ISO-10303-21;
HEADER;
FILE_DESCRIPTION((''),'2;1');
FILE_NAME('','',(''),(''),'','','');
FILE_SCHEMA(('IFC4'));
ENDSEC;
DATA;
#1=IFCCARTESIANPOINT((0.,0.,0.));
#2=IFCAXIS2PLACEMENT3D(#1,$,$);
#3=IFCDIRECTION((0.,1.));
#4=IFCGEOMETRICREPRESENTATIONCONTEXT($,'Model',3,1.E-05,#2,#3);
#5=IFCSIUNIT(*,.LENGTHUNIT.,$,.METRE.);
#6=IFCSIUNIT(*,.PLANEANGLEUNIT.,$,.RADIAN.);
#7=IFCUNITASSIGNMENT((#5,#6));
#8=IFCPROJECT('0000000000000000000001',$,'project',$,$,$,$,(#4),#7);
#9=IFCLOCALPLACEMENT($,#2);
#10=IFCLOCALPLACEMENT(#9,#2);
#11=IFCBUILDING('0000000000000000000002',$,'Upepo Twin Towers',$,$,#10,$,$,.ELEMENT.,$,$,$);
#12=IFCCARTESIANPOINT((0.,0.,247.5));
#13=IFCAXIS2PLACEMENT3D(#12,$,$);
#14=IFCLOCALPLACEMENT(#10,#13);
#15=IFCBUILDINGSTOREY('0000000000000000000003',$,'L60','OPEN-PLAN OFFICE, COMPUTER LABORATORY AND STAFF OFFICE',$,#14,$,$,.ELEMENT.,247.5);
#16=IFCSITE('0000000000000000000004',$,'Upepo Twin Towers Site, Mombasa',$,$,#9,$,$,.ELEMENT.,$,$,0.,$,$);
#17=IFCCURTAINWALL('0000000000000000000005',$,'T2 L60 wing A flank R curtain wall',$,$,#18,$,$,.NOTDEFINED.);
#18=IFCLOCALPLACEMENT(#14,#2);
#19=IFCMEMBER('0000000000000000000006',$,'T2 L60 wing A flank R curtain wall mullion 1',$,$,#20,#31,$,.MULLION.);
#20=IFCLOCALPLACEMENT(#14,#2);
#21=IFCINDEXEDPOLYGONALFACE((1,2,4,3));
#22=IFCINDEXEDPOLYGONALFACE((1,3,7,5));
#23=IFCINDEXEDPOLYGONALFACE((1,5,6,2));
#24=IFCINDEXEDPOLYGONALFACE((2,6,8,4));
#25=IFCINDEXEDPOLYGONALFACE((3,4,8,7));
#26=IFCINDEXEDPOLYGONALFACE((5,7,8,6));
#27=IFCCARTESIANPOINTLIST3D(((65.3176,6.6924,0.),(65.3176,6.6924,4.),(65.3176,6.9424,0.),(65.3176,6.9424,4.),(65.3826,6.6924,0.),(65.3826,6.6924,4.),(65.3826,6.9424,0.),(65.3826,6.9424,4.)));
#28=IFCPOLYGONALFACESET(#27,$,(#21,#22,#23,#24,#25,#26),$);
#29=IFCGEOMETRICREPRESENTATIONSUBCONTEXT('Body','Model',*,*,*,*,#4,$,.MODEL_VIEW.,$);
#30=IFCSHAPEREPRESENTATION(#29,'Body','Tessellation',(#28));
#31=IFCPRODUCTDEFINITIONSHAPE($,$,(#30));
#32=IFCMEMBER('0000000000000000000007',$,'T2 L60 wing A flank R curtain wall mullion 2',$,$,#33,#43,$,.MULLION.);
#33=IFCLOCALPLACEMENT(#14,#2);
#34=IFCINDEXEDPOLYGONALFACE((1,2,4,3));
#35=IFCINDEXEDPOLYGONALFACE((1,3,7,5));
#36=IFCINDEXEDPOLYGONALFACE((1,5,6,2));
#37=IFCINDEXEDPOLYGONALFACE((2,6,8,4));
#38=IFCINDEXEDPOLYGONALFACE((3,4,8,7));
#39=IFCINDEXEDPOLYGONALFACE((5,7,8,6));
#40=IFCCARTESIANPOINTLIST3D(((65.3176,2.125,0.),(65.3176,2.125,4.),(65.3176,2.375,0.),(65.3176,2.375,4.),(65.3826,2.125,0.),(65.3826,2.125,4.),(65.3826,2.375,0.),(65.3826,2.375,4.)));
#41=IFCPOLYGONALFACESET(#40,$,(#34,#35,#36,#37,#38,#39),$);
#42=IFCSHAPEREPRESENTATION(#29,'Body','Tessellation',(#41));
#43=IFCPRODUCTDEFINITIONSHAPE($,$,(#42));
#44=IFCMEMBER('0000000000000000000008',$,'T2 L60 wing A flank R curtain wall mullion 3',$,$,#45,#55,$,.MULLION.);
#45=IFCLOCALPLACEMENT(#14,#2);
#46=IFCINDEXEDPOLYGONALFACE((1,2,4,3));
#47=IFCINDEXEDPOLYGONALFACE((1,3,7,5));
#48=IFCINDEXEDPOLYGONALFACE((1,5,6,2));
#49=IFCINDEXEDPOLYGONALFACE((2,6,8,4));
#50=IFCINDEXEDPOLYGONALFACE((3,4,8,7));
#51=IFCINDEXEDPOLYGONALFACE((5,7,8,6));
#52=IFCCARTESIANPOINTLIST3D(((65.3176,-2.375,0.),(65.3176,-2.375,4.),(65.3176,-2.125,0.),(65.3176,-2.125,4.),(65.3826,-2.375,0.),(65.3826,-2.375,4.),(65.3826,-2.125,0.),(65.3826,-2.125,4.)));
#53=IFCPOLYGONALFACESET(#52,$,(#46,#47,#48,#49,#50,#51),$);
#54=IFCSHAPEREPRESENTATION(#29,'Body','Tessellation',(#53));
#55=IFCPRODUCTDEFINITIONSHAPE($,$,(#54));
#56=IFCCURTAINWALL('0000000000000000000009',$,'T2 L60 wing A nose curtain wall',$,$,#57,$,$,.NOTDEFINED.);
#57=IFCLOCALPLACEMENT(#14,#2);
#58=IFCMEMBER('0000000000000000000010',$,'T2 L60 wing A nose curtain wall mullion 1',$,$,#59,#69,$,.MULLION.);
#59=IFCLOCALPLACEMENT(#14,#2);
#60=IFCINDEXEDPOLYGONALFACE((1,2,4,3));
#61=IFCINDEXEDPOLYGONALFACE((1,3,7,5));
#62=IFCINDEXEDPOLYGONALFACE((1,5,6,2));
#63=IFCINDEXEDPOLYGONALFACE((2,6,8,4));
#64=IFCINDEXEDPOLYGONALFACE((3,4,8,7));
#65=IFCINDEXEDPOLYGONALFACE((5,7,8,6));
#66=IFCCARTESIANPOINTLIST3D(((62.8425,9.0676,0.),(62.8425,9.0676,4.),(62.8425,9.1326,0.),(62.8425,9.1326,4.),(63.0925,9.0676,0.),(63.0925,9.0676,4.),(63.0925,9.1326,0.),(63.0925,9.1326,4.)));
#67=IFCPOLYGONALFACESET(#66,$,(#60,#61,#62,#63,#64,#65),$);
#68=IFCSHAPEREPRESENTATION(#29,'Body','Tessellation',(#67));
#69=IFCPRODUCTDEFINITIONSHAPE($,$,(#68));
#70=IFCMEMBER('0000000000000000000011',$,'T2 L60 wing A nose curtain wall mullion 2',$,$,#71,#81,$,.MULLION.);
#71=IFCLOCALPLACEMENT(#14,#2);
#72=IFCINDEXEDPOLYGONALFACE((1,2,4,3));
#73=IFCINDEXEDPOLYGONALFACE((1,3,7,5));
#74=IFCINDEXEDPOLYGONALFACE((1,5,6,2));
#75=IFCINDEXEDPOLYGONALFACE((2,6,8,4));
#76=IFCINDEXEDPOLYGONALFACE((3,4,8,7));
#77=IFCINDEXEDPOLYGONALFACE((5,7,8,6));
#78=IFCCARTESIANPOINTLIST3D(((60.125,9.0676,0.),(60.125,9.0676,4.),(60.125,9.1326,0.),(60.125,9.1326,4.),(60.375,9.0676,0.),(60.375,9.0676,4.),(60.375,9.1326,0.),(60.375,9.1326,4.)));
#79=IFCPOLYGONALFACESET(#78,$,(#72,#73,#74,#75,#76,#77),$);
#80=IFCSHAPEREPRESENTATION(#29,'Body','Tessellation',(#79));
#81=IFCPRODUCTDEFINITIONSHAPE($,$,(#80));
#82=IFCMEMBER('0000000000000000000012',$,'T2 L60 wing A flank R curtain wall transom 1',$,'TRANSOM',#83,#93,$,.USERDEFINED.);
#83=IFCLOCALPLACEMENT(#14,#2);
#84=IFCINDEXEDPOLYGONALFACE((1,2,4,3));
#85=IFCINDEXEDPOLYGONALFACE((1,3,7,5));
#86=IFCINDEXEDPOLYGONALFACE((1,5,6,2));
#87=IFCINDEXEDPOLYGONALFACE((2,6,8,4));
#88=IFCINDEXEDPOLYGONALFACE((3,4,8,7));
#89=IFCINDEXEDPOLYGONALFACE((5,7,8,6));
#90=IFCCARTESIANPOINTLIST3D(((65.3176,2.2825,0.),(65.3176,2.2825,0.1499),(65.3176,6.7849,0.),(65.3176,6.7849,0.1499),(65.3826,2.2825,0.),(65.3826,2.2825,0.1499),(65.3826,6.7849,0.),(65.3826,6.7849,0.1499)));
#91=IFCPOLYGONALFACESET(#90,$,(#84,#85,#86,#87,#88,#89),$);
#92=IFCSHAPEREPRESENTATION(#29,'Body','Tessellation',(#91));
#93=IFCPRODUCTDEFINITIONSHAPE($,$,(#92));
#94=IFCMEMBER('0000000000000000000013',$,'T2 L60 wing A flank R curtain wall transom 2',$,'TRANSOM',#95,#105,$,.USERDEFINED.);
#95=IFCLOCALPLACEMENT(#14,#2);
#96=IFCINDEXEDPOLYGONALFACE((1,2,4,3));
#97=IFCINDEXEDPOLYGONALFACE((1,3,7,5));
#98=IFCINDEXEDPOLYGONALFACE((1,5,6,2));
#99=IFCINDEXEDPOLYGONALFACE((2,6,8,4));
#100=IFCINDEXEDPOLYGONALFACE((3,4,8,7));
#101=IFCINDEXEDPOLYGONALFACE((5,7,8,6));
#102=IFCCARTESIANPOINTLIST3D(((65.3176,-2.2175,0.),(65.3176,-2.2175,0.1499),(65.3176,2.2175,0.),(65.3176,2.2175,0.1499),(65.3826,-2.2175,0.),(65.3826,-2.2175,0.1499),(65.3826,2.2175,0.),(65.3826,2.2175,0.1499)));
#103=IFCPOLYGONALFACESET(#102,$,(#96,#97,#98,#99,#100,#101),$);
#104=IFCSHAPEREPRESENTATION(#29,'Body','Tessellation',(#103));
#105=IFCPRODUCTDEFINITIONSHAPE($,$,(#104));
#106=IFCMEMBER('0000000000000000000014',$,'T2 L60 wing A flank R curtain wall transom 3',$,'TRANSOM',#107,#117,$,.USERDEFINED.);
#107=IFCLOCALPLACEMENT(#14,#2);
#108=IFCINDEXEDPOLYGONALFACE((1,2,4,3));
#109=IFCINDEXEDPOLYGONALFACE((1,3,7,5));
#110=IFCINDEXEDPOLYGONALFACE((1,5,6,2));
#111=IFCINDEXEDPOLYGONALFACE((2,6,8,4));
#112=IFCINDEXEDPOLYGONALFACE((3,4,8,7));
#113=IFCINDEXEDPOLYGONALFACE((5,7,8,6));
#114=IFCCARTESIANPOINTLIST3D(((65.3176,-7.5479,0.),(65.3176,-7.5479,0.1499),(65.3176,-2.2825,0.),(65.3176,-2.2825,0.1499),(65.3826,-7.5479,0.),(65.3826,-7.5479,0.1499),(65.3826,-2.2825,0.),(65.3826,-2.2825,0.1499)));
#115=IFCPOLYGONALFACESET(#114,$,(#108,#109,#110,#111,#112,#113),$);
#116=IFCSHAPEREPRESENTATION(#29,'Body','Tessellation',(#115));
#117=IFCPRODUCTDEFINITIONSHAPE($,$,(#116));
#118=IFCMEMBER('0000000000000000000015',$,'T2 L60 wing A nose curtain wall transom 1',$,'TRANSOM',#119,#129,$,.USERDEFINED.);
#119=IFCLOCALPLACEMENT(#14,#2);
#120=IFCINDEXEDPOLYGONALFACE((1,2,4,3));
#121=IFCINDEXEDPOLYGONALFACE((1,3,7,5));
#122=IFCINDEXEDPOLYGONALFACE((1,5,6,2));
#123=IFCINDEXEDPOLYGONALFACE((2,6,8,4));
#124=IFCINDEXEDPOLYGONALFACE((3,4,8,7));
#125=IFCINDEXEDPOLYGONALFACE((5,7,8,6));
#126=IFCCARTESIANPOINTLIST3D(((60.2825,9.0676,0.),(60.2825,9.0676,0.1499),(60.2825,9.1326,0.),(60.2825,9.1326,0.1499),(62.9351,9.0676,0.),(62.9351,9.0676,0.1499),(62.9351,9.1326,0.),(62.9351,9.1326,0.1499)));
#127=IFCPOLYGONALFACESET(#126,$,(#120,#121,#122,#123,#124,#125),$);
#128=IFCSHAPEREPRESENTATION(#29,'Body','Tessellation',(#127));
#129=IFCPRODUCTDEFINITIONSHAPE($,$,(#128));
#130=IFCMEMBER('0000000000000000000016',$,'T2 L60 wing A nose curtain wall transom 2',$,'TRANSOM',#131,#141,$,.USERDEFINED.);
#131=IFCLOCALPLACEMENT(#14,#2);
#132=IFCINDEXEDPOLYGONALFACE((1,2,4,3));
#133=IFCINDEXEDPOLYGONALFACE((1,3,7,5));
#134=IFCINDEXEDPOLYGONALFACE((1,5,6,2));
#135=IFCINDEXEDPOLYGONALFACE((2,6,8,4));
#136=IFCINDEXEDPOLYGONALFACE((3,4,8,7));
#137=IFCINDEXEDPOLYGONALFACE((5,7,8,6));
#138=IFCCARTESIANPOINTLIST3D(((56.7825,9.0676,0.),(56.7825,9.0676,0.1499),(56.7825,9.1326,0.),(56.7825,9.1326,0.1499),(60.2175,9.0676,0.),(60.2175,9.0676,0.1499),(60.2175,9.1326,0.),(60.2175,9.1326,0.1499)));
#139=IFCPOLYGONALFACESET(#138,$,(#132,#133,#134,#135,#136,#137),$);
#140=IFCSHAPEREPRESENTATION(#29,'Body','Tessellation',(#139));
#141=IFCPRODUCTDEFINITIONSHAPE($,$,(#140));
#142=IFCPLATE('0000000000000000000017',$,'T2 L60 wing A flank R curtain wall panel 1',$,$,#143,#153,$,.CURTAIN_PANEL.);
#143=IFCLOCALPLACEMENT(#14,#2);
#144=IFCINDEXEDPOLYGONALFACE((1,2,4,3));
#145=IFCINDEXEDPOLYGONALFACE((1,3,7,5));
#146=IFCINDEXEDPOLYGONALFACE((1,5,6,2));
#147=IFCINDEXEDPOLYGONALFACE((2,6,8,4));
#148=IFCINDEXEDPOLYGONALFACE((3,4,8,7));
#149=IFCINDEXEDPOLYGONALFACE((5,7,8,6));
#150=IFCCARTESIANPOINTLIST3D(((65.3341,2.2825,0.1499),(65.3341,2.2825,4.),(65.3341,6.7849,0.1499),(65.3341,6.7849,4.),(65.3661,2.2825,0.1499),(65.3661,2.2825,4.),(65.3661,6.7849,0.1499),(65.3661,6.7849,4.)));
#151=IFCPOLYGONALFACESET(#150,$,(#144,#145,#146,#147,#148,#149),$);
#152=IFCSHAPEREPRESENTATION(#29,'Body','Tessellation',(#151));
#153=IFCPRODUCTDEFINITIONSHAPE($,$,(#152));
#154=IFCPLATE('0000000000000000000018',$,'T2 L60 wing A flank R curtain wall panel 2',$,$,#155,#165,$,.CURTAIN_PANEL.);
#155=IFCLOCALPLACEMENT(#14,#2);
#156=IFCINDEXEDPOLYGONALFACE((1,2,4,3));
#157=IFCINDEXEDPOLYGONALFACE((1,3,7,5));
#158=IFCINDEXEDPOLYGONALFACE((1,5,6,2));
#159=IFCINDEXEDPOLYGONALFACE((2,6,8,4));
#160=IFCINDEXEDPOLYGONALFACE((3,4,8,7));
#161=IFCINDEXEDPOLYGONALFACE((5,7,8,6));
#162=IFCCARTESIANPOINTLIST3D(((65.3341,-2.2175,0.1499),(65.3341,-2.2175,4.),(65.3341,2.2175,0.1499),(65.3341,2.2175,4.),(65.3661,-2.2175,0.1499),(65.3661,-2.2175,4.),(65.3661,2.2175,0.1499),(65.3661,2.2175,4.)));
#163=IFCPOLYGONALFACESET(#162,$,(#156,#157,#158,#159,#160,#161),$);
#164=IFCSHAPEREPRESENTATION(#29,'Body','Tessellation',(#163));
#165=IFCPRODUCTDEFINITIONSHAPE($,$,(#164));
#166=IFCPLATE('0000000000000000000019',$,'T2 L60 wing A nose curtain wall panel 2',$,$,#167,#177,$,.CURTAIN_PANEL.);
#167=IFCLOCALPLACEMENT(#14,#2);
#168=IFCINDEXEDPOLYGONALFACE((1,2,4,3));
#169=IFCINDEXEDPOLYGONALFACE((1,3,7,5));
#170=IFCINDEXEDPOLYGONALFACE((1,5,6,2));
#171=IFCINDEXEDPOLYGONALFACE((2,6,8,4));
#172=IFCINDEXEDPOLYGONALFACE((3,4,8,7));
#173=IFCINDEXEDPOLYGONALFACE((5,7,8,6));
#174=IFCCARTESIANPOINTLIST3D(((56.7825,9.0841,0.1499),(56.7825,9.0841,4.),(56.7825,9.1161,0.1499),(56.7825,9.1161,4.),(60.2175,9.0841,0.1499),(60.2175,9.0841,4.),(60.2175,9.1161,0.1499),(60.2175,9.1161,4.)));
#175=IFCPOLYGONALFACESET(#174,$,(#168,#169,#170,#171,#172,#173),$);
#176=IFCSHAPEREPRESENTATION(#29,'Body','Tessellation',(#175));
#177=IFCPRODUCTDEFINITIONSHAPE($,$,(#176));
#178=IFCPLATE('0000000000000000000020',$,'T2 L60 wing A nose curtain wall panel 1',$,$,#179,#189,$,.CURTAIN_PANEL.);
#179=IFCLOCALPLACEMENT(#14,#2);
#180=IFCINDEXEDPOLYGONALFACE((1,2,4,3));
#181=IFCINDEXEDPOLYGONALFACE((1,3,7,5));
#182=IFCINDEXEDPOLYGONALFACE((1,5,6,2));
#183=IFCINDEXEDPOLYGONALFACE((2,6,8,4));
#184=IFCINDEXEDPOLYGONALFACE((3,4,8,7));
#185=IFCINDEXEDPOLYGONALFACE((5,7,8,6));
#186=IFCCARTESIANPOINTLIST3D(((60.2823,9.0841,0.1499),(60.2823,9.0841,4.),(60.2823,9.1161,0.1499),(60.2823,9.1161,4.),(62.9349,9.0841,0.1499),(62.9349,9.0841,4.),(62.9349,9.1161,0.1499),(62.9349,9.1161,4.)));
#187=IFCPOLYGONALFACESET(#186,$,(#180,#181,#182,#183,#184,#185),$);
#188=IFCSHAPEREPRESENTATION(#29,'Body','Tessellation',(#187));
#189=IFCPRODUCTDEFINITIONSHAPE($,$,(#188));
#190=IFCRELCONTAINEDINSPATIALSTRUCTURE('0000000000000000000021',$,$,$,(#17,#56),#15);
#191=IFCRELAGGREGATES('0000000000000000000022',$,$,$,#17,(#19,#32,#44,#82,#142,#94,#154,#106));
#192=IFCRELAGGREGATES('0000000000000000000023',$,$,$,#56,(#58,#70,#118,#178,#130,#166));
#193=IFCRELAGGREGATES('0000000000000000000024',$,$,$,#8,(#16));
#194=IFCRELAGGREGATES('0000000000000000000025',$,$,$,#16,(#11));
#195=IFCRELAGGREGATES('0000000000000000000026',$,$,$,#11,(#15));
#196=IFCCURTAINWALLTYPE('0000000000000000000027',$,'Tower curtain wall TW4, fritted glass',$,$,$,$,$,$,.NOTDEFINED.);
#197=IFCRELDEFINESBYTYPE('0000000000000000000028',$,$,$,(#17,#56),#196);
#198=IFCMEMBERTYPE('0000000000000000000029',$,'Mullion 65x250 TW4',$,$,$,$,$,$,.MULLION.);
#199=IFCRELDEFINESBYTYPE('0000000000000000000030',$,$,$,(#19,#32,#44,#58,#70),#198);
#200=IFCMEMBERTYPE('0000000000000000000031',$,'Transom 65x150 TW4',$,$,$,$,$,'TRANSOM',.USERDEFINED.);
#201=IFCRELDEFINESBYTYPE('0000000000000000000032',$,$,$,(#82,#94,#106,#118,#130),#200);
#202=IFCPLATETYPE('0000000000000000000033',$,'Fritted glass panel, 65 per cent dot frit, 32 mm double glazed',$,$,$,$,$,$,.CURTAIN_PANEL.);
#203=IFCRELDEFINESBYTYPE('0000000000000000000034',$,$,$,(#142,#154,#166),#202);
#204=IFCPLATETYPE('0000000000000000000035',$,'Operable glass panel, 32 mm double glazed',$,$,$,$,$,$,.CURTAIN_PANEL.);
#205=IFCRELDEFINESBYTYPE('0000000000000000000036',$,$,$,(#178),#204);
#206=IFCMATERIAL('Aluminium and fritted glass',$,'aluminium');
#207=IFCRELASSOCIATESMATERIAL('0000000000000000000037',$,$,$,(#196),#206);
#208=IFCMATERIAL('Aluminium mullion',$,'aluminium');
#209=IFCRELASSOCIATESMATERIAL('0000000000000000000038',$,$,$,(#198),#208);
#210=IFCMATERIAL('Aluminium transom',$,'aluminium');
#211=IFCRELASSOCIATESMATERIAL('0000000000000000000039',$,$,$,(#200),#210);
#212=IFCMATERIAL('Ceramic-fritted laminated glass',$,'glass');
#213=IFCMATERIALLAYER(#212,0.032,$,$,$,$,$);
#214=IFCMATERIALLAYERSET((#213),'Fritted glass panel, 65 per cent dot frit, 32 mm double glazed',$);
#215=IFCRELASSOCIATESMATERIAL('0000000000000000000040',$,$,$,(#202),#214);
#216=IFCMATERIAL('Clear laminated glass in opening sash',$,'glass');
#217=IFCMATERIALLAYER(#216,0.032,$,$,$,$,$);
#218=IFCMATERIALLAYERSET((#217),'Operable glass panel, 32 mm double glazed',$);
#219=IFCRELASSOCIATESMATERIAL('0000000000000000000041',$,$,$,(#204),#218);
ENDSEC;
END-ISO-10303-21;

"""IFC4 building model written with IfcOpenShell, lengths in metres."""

from ifc_helpers import new_model, si_unit, direction, frame, origin, origin_2d, place, context, subcontext, project, spatial, rectangle, extrude, material, layer, layer_set, material_profile, profile_set, type_object, element, aggregate, save


model = new_model("IFC4")

# Units and contexts
model_context = context("Model", 3, precision=1e-05, world=origin(), true_north=direction((0.0, 1.0)))
body_context = subcontext(model_context, "Body", "Model", "MODEL_VIEW")
ifc_project = project(units=[si_unit("LENGTHUNIT", "METRE"), si_unit("PLANEANGLEUNIT", "RADIAN")], contexts=[model_context])

# Site, building, storey
site_placement = place(None, origin())
site = spatial("IfcSite", under=ifc_project, at=site_placement, Name="Upepo Twin Towers Site, Mombasa", CompositionType="ELEMENT", RefElevation=0.0)
building_placement = place(site_placement, origin())
building = spatial("IfcBuilding", under=site, at=building_placement, Name="Upepo Twin Towers", CompositionType="ELEMENT")
storey_placement = place(building_placement, frame((0.0, 0.0, 247.5)))
storey = spatial("IfcBuildingStorey", under=building, at=storey_placement, Name="L60", Description="OPEN-PLAN OFFICE, COMPUTER LABORATORY AND STAFF OFFICE", CompositionType="ELEMENT", Elevation=247.5)

# Curtain walls, members
ifc_material_1 = material(Name="Aluminium and fritted glass", Category="aluminium")
curtain_wall_type = type_object("IfcCurtainWallType", Name="Tower curtain wall TW4, fritted glass", PredefinedType="NOTDEFINED", material=ifc_material_1)
curtain_wall_1_placement = place(storey_placement, origin())
curtain_wall_1 = element("IfcCurtainWall", 1, at=curtain_wall_1_placement, inside=storey, type_object=curtain_wall_type, Name="T2 L60 wing A flank R curtain wall", PredefinedType="NOTDEFINED")
ifc_material_2 = material(Name="Aluminium mullion", Category="aluminium")
ifc_material_profile_1 = material_profile(ifc_material_2, rectangle(XDim=0.0649, YDim=0.25, at=origin_2d()), Name="MULLION 65x250")
ifc_profile_set_1 = profile_set([ifc_material_profile_1], Name="Aluminium mullion")
member_type_1 = type_object("IfcMemberType", Name="Mullion 65x250 TW4", PredefinedType="MULLION", material=ifc_profile_set_1)
member_1_placement = place(storey_placement, frame((65.3501, 6.8174, 0.0), z_axis=(0.0, 0.0, 1.0), x_axis=(1.0, 0.0, 0.0)))
member_1 = element("IfcMember", 2, at=member_1_placement, type_object=member_type_1, Name="T2 L60 wing A flank R curtain wall mullion 1", PredefinedType="MULLION", context=body_context, shape_type="SweptSolid", body=[
    extrude(rectangle(XDim=0.0649, YDim=0.25, at=origin_2d()), origin(), (0.0, 0.0, 1.0), 4.0),
])
member_2_placement = place(storey_placement, frame((65.3501, 2.25, 0.0), z_axis=(0.0, 0.0, 1.0), x_axis=(1.0, 0.0, 0.0)))
member_2 = element("IfcMember", 3, at=member_2_placement, type_object=member_type_1, Name="T2 L60 wing A flank R curtain wall mullion 2", PredefinedType="MULLION", context=body_context, shape_type="SweptSolid", body=[
    extrude(rectangle(XDim=0.0649, YDim=0.25, at=origin_2d()), origin(), (0.0, 0.0, 1.0), 4.0),
])
member_3_placement = place(storey_placement, frame((65.3501, -2.25, 0.0), z_axis=(0.0, 0.0, 1.0), x_axis=(1.0, 0.0, 0.0)))
member_3 = element("IfcMember", 4, at=member_3_placement, type_object=member_type_1, Name="T2 L60 wing A flank R curtain wall mullion 3", PredefinedType="MULLION", context=body_context, shape_type="SweptSolid", body=[
    extrude(rectangle(XDim=0.0649, YDim=0.25, at=origin_2d()), origin(), (0.0, 0.0, 1.0), 4.0),
])
curtain_wall_2_placement = place(storey_placement, origin())
curtain_wall_2 = element("IfcCurtainWall", 5, at=curtain_wall_2_placement, inside=storey, type_object=curtain_wall_type, Name="T2 L60 wing A nose curtain wall", PredefinedType="NOTDEFINED")
member_4_placement = place(storey_placement, frame((62.9675, 9.1001, 0.0), z_axis=(0.0, 0.0, 1.0), x_axis=(0.0, -1.0, 0.0)))
member_4 = element("IfcMember", 6, at=member_4_placement, type_object=member_type_1, Name="T2 L60 wing A nose curtain wall mullion 1", PredefinedType="MULLION", context=body_context, shape_type="SweptSolid", body=[
    extrude(rectangle(XDim=0.0649, YDim=0.25, at=origin_2d()), origin(), (0.0, 0.0, 1.0), 4.0),
])
member_5_placement = place(storey_placement, frame((60.25, 9.1001, 0.0), z_axis=(0.0, 0.0, 1.0), x_axis=(0.0, -1.0, 0.0)))
member_5 = element("IfcMember", 7, at=member_5_placement, type_object=member_type_1, Name="T2 L60 wing A nose curtain wall mullion 2", PredefinedType="MULLION", context=body_context, shape_type="SweptSolid", body=[
    extrude(rectangle(XDim=0.0649, YDim=0.25, at=origin_2d()), origin(), (0.0, 0.0, 1.0), 4.0),
])

# Members
ifc_material_3 = material(Name="Aluminium transom", Category="aluminium")
ifc_material_profile_2 = material_profile(ifc_material_3, rectangle(XDim=0.0649, YDim=0.1499, at=origin_2d()), Name="TRANSOM 65x150")
ifc_profile_set_2 = profile_set([ifc_material_profile_2], Name="Aluminium transom")
member_type_2 = type_object("IfcMemberType", Name="Transom 65x150 TW4", ElementType="TRANSOM", PredefinedType="USERDEFINED", material=ifc_profile_set_2)
member_6_placement = place(storey_placement, frame((65.3501, 6.7849, 0.075), z_axis=(0.0, -1.0, 0.0), x_axis=(1.0, 0.0, 0.0)))
member_6 = element("IfcMember", 8, at=member_6_placement, type_object=member_type_2, Name="T2 L60 wing A flank R curtain wall transom 1", ObjectType="TRANSOM", PredefinedType="USERDEFINED", context=body_context, shape_type="SweptSolid", body=[
    extrude(rectangle(XDim=0.0649, YDim=0.1499, at=origin_2d()), origin(), (0.0, 0.0, 1.0), 4.5024),
])
member_7_placement = place(storey_placement, frame((65.3501, 2.2175, 0.075), z_axis=(0.0, -1.0, 0.0), x_axis=(1.0, 0.0, 0.0)))
member_7 = element("IfcMember", 9, at=member_7_placement, type_object=member_type_2, Name="T2 L60 wing A flank R curtain wall transom 2", ObjectType="TRANSOM", PredefinedType="USERDEFINED", context=body_context, shape_type="SweptSolid", body=[
    extrude(rectangle(XDim=0.0649, YDim=0.1499, at=origin_2d()), origin(), (0.0, 0.0, 1.0), 4.4351),
])
member_8_placement = place(storey_placement, frame((65.3501, -2.2825, 0.075), z_axis=(0.0, -1.0, 0.0), x_axis=(1.0, 0.0, 0.0)))
member_8 = element("IfcMember", 10, at=member_8_placement, type_object=member_type_2, Name="T2 L60 wing A flank R curtain wall transom 3", ObjectType="TRANSOM", PredefinedType="USERDEFINED", context=body_context, shape_type="SweptSolid", body=[
    extrude(rectangle(XDim=0.0649, YDim=0.1499, at=origin_2d()), origin(), (0.0, 0.0, 1.0), 5.2654),
])
member_9_placement = place(storey_placement, frame((62.9351, 9.1001, 0.075), z_axis=(-1.0, 0.0, 0.0), x_axis=(0.0, -1.0, 0.0)))
member_9 = element("IfcMember", 11, at=member_9_placement, type_object=member_type_2, Name="T2 L60 wing A nose curtain wall transom 1", ObjectType="TRANSOM", PredefinedType="USERDEFINED", context=body_context, shape_type="SweptSolid", body=[
    extrude(rectangle(XDim=0.0649, YDim=0.1499, at=origin_2d()), origin(), (0.0, 0.0, 1.0), 2.6526),
])
member_10_placement = place(storey_placement, frame((60.2175, 9.1001, 0.075), z_axis=(-1.0, 0.0, 0.0), x_axis=(0.0, -1.0, 0.0)))
member_10 = element("IfcMember", 12, at=member_10_placement, type_object=member_type_2, Name="T2 L60 wing A nose curtain wall transom 2", ObjectType="TRANSOM", PredefinedType="USERDEFINED", context=body_context, shape_type="SweptSolid", body=[
    extrude(rectangle(XDim=0.0649, YDim=0.1499, at=origin_2d()), origin(), (0.0, 0.0, 1.0), 3.4351),
])

# Plates
ifc_material_4 = material(Name="Ceramic-fritted laminated glass", Category="glass")
ifc_layer_1 = layer(ifc_material_4, 0.032)
ifc_layer_set_1 = layer_set([ifc_layer_1], Name="Fritted glass panel, 65 per cent dot frit, 32 mm double glazed")
plate_type_1 = type_object("IfcPlateType", Name="Fritted glass panel, 65 per cent dot frit, 32 mm double glazed", PredefinedType="CURTAIN_PANEL", material=ifc_layer_set_1)
plate_1_placement = place(storey_placement, frame((65.3501, 4.5337, 0.1499), z_axis=(0.0, 0.0, 1.0), x_axis=(0.0, -1.0, 0.0)))
plate_1 = element("IfcPlate", 13, at=plate_1_placement, type_object=plate_type_1, Name="T2 L60 wing A flank R curtain wall panel 1", PredefinedType="CURTAIN_PANEL", context=body_context, shape_type="SweptSolid", body=[
    extrude(rectangle(XDim=4.5024, YDim=0.032, at=origin_2d()), origin(), (0.0, 0.0, 1.0), 3.8501),
])
plate_2_placement = place(storey_placement, frame((65.3501, 0.0, 0.1499), z_axis=(0.0, 0.0, 1.0), x_axis=(0.0, -1.0, 0.0)))
plate_2 = element("IfcPlate", 14, at=plate_2_placement, type_object=plate_type_1, Name="T2 L60 wing A flank R curtain wall panel 2", PredefinedType="CURTAIN_PANEL", context=body_context, shape_type="SweptSolid", body=[
    extrude(rectangle(XDim=4.4351, YDim=0.032, at=origin_2d()), origin(), (0.0, 0.0, 1.0), 3.8501),
])
aggregate(curtain_wall_1, [member_1, member_2, member_3, member_6, plate_1, member_7, plate_2, member_8])
plate_3_placement = place(storey_placement, frame((58.5, 9.1001, 0.1499), z_axis=(0.0, 0.0, 1.0), x_axis=(-1.0, 0.0, 0.0)))
plate_3 = element("IfcPlate", 15, at=plate_3_placement, type_object=plate_type_1, Name="T2 L60 wing A nose curtain wall panel 2", PredefinedType="CURTAIN_PANEL", context=body_context, shape_type="SweptSolid", body=[
    extrude(rectangle(XDim=3.4351, YDim=0.032, at=origin_2d()), origin(), (0.0, 0.0, 1.0), 3.8501),
])
ifc_material_5 = material(Name="Clear laminated glass in opening sash", Category="glass")
ifc_layer_2 = layer(ifc_material_5, 0.032)
ifc_layer_set_2 = layer_set([ifc_layer_2], Name="Operable glass panel, 32 mm double glazed")
plate_type_2 = type_object("IfcPlateType", Name="Operable glass panel, 32 mm double glazed", PredefinedType="CURTAIN_PANEL", material=ifc_layer_set_2)
plate_4_placement = place(storey_placement, frame((61.6086, 9.1001, 0.1499), z_axis=(0.0, 0.0, 1.0), x_axis=(-1.0, 0.0, 0.0)))
plate_4 = element("IfcPlate", 16, at=plate_4_placement, type_object=plate_type_2, Name="T2 L60 wing A nose curtain wall panel 1", PredefinedType="CURTAIN_PANEL", context=body_context, shape_type="SweptSolid", body=[
    extrude(rectangle(XDim=2.6526, YDim=0.032, at=origin_2d()), origin(), (0.0, 0.0, 1.0), 3.8501),
])
aggregate(curtain_wall_2, [member_4, member_5, member_9, plate_4, member_10, plate_3])

save(model, "model.ifc")
